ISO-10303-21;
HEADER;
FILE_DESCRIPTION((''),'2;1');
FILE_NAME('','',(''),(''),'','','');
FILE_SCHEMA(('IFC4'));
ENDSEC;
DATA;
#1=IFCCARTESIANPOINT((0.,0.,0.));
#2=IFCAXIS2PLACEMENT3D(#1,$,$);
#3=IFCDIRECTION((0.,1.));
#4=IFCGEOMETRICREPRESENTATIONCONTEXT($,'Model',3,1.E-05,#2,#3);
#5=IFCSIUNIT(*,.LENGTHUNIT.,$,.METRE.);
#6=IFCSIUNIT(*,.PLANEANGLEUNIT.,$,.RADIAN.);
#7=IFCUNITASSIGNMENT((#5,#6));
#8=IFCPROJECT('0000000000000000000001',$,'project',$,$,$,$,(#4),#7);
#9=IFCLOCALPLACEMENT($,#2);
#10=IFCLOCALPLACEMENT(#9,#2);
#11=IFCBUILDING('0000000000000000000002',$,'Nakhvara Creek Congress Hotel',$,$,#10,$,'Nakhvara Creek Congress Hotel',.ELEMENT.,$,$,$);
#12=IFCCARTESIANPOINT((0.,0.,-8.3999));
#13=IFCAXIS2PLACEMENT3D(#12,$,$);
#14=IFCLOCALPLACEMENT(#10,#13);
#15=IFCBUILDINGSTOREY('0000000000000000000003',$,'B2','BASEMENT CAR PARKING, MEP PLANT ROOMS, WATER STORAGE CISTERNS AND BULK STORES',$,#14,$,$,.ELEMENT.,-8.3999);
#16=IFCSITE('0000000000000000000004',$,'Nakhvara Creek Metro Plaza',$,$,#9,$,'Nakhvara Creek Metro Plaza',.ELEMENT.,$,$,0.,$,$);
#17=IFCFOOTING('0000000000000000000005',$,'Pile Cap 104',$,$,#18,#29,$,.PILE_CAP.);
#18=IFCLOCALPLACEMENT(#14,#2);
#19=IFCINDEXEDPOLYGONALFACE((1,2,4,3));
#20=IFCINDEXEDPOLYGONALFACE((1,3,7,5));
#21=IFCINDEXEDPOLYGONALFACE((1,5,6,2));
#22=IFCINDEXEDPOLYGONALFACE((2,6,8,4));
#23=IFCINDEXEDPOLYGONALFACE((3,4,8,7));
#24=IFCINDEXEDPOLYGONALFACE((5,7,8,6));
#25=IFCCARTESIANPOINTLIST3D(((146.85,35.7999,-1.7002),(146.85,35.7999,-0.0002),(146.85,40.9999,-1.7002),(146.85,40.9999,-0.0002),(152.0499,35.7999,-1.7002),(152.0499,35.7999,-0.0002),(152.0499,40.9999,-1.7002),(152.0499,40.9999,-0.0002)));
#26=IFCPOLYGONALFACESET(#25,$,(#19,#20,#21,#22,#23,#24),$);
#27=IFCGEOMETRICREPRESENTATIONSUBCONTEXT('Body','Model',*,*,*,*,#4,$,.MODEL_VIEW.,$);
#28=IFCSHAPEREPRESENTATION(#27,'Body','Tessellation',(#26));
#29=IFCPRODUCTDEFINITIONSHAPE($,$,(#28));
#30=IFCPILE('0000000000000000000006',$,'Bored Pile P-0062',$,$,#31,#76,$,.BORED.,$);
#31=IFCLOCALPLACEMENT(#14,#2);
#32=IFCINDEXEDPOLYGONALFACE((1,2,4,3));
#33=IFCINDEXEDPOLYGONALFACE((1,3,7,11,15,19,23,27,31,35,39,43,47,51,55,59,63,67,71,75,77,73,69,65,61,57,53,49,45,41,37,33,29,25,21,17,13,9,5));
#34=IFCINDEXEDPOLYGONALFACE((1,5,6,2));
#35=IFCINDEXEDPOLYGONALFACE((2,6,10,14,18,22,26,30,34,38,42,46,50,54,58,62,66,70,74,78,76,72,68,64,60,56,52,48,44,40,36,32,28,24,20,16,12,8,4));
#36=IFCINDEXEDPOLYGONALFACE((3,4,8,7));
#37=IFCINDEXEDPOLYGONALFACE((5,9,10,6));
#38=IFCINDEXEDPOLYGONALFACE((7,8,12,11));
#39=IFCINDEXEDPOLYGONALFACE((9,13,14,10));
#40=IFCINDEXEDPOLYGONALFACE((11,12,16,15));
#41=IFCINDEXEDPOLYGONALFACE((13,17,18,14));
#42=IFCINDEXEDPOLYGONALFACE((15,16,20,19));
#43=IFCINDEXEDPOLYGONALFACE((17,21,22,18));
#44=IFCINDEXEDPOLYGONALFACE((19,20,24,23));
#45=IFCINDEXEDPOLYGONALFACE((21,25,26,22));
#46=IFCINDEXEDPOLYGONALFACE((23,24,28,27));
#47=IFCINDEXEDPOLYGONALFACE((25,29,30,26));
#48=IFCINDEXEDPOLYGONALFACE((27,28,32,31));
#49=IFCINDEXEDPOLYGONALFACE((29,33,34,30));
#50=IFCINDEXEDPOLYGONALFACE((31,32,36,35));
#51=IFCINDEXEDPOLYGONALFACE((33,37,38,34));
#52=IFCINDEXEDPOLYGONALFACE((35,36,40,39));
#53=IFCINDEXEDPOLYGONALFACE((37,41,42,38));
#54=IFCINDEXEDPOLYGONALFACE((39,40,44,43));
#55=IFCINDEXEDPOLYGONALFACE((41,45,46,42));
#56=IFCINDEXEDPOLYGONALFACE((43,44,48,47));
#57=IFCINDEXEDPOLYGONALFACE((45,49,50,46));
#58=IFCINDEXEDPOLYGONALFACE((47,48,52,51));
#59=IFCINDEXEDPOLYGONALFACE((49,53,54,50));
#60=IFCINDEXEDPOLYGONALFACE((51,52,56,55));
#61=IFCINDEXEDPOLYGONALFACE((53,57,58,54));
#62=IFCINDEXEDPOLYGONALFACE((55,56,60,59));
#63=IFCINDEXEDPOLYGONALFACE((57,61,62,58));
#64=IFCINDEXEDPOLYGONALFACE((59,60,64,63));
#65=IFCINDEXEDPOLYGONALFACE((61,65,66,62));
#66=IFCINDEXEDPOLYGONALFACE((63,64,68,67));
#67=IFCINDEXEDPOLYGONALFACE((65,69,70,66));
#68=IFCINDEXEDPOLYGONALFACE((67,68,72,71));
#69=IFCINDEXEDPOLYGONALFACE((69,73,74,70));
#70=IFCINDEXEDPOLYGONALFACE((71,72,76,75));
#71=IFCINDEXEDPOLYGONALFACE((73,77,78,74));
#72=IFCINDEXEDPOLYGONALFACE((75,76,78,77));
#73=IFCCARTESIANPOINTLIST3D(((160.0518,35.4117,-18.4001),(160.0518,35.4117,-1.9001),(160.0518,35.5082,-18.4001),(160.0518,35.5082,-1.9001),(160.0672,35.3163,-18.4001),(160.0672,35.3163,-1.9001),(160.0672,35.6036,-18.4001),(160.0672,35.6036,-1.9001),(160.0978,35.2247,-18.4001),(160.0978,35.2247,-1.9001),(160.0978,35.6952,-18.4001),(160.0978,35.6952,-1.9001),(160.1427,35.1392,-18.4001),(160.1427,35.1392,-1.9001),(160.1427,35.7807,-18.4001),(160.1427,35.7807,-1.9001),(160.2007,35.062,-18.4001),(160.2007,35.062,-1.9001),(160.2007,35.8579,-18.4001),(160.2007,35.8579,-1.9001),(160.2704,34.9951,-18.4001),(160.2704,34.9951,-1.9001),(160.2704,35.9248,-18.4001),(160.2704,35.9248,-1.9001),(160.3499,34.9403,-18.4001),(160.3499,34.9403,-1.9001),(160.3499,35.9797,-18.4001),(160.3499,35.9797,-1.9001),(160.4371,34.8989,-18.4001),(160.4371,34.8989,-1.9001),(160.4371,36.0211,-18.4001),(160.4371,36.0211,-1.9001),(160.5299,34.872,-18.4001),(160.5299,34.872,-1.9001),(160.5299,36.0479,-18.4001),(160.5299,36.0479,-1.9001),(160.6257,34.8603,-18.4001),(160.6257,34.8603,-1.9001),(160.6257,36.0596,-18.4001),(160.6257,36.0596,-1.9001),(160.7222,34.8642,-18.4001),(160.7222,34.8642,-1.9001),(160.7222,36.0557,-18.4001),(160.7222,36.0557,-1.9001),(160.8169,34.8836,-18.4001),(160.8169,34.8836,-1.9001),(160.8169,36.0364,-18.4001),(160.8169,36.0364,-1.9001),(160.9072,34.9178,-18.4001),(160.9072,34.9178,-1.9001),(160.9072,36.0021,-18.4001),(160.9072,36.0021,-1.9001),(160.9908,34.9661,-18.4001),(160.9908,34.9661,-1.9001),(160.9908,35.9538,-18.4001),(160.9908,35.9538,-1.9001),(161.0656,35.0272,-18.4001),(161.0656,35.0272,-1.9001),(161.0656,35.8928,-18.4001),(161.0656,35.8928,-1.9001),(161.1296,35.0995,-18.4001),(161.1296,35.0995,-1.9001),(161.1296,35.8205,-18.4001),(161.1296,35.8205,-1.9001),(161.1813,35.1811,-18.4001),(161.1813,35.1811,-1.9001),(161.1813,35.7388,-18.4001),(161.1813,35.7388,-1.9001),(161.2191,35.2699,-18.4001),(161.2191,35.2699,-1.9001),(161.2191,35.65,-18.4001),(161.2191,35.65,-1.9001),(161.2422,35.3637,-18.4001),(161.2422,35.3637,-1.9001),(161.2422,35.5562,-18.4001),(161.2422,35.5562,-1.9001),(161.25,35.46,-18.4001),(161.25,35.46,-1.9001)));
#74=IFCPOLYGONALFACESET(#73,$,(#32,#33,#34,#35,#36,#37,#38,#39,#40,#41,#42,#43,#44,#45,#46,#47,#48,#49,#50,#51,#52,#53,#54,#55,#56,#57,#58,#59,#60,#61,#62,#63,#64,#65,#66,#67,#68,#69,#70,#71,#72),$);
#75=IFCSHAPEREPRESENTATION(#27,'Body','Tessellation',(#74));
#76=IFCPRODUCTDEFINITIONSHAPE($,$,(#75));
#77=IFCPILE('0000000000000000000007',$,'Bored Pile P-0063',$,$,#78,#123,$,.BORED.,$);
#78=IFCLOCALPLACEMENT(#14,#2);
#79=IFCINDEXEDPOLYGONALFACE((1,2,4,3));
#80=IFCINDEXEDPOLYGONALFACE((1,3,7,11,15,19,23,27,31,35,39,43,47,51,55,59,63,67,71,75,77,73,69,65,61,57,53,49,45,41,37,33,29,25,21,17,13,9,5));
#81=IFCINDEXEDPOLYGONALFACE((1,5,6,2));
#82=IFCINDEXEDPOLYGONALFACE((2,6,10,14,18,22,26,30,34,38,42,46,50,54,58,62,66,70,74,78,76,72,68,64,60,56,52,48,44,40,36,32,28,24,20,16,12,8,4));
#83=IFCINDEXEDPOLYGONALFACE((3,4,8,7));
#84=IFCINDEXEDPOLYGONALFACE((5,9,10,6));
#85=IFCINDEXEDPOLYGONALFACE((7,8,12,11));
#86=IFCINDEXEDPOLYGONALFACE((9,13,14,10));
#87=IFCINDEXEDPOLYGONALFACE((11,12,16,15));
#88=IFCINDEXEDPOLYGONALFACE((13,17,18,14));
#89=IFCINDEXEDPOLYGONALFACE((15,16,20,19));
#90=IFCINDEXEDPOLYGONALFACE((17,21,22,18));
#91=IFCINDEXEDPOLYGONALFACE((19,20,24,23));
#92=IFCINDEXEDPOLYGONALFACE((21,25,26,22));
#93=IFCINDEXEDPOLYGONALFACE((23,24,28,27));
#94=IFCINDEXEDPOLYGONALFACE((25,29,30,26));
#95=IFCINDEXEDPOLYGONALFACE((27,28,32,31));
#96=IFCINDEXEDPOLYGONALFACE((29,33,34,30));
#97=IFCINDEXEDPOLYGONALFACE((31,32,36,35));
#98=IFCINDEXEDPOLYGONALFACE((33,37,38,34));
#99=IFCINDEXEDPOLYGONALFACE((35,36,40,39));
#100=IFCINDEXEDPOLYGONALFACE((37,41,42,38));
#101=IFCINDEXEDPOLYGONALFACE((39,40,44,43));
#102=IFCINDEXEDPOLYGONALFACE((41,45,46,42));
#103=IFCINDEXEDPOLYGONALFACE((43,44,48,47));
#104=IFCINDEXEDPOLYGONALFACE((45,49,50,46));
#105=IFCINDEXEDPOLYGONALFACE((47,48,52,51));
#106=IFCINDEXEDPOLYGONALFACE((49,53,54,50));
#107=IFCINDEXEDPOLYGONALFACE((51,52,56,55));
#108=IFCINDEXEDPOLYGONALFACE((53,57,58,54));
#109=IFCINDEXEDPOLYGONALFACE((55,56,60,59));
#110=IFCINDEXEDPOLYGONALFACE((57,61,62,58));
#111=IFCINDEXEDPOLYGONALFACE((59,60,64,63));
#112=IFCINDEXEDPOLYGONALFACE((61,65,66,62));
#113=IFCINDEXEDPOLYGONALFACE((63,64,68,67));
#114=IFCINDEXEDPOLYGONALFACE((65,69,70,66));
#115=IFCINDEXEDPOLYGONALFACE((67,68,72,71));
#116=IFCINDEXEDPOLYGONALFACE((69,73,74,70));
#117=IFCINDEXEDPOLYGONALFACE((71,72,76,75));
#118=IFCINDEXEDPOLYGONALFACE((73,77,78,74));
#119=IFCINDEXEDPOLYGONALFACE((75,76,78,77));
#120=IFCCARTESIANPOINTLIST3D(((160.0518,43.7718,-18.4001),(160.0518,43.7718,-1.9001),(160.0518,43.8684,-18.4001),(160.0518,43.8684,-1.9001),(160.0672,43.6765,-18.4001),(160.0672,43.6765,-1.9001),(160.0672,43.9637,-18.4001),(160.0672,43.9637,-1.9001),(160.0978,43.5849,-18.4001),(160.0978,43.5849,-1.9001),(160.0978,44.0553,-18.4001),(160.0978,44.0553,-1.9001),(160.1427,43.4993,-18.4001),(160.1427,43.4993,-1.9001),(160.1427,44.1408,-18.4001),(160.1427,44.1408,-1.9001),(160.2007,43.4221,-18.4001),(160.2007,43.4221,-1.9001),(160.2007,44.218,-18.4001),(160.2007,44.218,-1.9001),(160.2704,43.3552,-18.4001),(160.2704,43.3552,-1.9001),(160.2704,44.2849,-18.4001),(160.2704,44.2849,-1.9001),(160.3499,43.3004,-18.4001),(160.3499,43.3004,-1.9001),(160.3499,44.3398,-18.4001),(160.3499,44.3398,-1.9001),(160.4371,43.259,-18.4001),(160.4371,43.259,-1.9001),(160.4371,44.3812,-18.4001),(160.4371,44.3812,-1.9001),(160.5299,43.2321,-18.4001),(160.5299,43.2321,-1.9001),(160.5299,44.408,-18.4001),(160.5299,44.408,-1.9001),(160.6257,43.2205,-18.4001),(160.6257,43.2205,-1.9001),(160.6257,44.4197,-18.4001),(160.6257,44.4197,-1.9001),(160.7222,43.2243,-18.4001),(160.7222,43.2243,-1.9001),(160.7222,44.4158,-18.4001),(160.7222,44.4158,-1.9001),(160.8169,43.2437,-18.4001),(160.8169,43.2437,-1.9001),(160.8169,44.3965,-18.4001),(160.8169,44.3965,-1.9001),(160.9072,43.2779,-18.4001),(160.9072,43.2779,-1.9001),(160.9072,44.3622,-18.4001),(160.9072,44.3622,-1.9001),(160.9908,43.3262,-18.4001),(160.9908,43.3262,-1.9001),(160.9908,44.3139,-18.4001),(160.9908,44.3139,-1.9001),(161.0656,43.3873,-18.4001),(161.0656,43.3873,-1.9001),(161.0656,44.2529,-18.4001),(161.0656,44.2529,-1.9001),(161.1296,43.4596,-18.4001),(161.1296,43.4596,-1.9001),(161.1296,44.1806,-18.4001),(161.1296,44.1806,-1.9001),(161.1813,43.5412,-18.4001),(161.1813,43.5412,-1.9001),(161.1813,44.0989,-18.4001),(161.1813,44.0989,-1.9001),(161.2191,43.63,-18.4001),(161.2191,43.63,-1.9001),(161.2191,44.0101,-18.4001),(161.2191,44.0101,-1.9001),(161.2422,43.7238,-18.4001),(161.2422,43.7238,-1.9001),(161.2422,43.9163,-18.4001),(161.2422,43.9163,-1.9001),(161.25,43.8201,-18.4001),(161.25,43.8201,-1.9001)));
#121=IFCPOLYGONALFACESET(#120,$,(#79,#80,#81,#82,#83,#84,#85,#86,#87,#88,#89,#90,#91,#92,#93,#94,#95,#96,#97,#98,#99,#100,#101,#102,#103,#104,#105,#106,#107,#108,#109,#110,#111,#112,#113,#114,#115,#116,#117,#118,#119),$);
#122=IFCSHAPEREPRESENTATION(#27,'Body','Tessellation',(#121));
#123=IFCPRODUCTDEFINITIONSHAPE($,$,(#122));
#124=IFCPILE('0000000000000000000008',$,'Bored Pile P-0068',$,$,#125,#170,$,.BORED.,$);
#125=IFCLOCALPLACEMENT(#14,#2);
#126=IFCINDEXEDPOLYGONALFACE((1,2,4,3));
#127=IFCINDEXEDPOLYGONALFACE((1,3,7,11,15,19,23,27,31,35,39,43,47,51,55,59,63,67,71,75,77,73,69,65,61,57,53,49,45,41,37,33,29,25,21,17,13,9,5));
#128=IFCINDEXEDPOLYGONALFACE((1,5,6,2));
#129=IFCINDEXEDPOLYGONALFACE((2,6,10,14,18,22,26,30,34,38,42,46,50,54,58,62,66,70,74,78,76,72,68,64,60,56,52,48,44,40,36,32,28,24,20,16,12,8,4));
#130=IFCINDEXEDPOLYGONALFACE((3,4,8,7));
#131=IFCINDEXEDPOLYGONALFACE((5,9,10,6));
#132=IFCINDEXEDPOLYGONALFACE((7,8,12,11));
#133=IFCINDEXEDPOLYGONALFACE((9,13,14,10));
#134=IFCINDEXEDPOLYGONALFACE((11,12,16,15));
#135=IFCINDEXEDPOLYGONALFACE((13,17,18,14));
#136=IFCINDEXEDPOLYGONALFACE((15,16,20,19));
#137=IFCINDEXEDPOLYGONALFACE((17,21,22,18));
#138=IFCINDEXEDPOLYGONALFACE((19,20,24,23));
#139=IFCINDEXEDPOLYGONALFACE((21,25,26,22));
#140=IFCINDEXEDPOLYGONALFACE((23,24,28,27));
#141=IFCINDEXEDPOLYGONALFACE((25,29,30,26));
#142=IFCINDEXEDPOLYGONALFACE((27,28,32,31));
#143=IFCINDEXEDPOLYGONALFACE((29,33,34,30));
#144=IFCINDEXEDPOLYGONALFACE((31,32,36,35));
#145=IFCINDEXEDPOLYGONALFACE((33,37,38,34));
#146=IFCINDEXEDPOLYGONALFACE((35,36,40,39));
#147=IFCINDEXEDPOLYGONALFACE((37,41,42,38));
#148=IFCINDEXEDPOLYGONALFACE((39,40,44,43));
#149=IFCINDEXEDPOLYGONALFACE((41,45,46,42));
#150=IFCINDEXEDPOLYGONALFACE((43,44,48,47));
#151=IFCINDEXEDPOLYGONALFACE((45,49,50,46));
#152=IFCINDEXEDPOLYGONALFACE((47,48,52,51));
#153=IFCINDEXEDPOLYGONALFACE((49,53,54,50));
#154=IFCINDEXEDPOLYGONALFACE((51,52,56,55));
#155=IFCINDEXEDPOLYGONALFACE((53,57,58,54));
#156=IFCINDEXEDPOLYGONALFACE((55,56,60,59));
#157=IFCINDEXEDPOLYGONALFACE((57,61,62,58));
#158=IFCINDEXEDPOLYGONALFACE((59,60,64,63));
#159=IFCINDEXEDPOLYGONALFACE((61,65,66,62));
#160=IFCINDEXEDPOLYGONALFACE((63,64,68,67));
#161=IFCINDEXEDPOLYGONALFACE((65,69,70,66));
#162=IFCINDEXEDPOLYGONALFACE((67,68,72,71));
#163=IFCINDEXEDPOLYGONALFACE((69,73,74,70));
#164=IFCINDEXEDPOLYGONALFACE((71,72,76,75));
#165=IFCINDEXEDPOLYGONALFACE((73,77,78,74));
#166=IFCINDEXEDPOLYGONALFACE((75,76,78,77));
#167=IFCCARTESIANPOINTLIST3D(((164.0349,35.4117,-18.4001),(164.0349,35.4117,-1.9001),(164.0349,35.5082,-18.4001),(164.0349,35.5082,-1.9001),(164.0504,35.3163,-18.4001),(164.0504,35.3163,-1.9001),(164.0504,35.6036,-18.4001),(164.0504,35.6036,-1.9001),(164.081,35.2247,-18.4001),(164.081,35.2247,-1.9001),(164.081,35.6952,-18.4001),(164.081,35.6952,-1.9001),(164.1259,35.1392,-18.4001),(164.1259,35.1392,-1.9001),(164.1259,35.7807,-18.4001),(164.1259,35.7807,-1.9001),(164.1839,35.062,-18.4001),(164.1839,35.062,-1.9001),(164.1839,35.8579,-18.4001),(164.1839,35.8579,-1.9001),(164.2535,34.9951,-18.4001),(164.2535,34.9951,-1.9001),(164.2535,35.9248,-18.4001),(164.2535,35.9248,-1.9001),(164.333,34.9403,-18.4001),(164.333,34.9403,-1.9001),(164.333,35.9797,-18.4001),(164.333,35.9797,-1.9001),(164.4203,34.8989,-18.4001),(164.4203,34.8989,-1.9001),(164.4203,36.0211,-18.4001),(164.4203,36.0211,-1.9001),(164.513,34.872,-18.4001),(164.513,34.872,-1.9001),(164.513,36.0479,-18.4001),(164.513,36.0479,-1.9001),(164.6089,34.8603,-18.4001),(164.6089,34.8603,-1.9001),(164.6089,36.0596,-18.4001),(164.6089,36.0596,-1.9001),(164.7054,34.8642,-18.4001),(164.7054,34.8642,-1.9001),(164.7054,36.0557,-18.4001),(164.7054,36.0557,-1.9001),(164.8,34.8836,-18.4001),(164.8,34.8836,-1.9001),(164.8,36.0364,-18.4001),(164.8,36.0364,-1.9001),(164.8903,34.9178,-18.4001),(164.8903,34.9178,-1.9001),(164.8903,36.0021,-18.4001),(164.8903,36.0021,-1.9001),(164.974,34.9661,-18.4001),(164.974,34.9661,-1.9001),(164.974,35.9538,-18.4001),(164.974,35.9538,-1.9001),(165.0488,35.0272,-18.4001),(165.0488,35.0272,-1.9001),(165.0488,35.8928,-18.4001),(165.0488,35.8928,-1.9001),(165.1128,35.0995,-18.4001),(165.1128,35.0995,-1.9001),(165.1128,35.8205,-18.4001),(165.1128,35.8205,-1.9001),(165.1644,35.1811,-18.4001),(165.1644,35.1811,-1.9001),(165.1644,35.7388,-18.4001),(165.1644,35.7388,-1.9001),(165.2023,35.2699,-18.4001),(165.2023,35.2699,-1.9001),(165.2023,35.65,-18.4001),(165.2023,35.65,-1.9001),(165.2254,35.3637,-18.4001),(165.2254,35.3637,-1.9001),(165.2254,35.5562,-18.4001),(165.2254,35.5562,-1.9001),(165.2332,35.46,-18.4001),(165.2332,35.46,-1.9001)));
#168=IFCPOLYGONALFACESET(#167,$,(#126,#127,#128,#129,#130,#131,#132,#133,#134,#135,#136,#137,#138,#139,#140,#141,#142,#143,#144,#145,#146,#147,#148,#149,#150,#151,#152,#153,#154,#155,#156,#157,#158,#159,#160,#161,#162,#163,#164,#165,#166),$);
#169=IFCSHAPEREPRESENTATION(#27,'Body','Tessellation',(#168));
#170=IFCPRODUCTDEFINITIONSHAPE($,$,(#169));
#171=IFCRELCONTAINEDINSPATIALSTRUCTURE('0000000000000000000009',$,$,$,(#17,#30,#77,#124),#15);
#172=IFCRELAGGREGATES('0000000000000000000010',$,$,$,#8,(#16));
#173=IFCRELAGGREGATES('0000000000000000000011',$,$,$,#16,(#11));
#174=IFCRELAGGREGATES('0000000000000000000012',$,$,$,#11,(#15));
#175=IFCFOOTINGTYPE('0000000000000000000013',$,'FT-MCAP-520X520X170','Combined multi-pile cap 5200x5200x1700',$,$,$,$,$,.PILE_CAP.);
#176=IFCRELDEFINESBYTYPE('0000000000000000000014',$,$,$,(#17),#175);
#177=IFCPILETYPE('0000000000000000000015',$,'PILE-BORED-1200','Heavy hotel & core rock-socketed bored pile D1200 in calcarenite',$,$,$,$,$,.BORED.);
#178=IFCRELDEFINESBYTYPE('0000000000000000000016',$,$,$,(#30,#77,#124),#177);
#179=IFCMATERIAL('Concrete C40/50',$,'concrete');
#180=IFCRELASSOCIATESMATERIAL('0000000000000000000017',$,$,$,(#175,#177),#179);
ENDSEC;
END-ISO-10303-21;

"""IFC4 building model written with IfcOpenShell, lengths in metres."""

from ifc_helpers import new_model, si_unit, direction, frame, origin, origin_2d, place, context, subcontext, project, spatial, rectangle, circle, extrude, material, material_profile, profile_set, type_object, element, save


model = new_model("IFC4")

# Units and contexts
model_context = context("Model", 3, precision=1e-05, world=origin(), true_north=direction((0.0, 1.0)))
body_context = subcontext(model_context, "Body", "Model", "MODEL_VIEW")
ifc_project = project(units=[si_unit("LENGTHUNIT", "METRE"), si_unit("PLANEANGLEUNIT", "RADIAN")], contexts=[model_context])

# Site, building, storey
site_placement = place(None, origin())
site = spatial("IfcSite", under=ifc_project, at=site_placement, Name="Nakhvara Creek Metro Plaza", LongName="Nakhvara Creek Metro Plaza", CompositionType="ELEMENT", RefElevation=0.0)
building_placement = place(site_placement, origin())
building = spatial("IfcBuilding", under=site, at=building_placement, Name="Nakhvara Creek Congress Hotel", LongName="Nakhvara Creek Congress Hotel", CompositionType="ELEMENT")
storey_placement = place(building_placement, frame((0.0, 0.0, -8.3999)))
storey = spatial("IfcBuildingStorey", under=building, at=storey_placement, Name="B2", Description="BASEMENT CAR PARKING, MEP PLANT ROOMS, WATER STORAGE CISTERNS AND BULK STORES", CompositionType="ELEMENT", Elevation=-8.3999)

# Footing
ifc_material_1 = material(Name="Concrete C40/50", Category="concrete")
footing_type = type_object("IfcFootingType", Name="FT-MCAP-520X520X170", Description="Combined multi-pile cap 5200x5200x1700", PredefinedType="PILE_CAP", material=ifc_material_1)
footing_placement = place(storey_placement, frame((149.45, 38.3999, -1.7002), z_axis=(0.0, 0.0, 1.0), x_axis=(1.0, 0.0, 0.0)))
element("IfcFooting", 1, at=footing_placement, inside=storey, type_object=footing_type, Name="Pile Cap 104", PredefinedType="PILE_CAP", context=body_context, shape_type="SweptSolid", body=[
    extrude(rectangle(XDim=5.2, YDim=5.2, at=origin_2d()), origin(), (0.0, 0.0, 1.0), 1.7),
])

# Piles
ifc_material_profile_1 = material_profile(ifc_material_1, circle(Radius=0.6001, at=origin_2d()), Name="BORED PILE D1200", Category="LoadBearing")
ifc_profile_set_1 = profile_set([ifc_material_profile_1], Name="Concrete C40/50")
pile_type_1 = type_object("IfcPileType", Name="PILE-BORED-1200", Description="Heavy hotel & core rock-socketed bored pile D1200 in calcarenite", PredefinedType="BORED", material=ifc_profile_set_1)
for number, where, z_axis, x_axis, name in (
    (2, (160.6499, 35.46, -1.9001), (0.0, 0.0, -1.0), (1.0, 0.0, 0.0), "Bored Pile P-0062"),
    (3, (160.6499, 43.8201, -1.9001), (0.0, 0.0, -1.0), (1.0, 0.0, 0.0), "Bored Pile P-0063"),
    (4, (164.6331, 35.46, -1.9001), (0.0, 0.0, -1.0), (1.0, 0.0, 0.0), "Bored Pile P-0068"),
):
    element("IfcPile", number, at=place(storey_placement, frame(where, z_axis=z_axis, x_axis=x_axis)), inside=storey, type_object=pile_type_1, Name=name, PredefinedType="BORED", context=body_context, shape_type="SweptSolid", body=[
        extrude(circle(Radius=0.6001, at=origin_2d()), origin(), (0.0, 0.0, 1.0), 16.5),
    ])

save(model, "model.ifc")
